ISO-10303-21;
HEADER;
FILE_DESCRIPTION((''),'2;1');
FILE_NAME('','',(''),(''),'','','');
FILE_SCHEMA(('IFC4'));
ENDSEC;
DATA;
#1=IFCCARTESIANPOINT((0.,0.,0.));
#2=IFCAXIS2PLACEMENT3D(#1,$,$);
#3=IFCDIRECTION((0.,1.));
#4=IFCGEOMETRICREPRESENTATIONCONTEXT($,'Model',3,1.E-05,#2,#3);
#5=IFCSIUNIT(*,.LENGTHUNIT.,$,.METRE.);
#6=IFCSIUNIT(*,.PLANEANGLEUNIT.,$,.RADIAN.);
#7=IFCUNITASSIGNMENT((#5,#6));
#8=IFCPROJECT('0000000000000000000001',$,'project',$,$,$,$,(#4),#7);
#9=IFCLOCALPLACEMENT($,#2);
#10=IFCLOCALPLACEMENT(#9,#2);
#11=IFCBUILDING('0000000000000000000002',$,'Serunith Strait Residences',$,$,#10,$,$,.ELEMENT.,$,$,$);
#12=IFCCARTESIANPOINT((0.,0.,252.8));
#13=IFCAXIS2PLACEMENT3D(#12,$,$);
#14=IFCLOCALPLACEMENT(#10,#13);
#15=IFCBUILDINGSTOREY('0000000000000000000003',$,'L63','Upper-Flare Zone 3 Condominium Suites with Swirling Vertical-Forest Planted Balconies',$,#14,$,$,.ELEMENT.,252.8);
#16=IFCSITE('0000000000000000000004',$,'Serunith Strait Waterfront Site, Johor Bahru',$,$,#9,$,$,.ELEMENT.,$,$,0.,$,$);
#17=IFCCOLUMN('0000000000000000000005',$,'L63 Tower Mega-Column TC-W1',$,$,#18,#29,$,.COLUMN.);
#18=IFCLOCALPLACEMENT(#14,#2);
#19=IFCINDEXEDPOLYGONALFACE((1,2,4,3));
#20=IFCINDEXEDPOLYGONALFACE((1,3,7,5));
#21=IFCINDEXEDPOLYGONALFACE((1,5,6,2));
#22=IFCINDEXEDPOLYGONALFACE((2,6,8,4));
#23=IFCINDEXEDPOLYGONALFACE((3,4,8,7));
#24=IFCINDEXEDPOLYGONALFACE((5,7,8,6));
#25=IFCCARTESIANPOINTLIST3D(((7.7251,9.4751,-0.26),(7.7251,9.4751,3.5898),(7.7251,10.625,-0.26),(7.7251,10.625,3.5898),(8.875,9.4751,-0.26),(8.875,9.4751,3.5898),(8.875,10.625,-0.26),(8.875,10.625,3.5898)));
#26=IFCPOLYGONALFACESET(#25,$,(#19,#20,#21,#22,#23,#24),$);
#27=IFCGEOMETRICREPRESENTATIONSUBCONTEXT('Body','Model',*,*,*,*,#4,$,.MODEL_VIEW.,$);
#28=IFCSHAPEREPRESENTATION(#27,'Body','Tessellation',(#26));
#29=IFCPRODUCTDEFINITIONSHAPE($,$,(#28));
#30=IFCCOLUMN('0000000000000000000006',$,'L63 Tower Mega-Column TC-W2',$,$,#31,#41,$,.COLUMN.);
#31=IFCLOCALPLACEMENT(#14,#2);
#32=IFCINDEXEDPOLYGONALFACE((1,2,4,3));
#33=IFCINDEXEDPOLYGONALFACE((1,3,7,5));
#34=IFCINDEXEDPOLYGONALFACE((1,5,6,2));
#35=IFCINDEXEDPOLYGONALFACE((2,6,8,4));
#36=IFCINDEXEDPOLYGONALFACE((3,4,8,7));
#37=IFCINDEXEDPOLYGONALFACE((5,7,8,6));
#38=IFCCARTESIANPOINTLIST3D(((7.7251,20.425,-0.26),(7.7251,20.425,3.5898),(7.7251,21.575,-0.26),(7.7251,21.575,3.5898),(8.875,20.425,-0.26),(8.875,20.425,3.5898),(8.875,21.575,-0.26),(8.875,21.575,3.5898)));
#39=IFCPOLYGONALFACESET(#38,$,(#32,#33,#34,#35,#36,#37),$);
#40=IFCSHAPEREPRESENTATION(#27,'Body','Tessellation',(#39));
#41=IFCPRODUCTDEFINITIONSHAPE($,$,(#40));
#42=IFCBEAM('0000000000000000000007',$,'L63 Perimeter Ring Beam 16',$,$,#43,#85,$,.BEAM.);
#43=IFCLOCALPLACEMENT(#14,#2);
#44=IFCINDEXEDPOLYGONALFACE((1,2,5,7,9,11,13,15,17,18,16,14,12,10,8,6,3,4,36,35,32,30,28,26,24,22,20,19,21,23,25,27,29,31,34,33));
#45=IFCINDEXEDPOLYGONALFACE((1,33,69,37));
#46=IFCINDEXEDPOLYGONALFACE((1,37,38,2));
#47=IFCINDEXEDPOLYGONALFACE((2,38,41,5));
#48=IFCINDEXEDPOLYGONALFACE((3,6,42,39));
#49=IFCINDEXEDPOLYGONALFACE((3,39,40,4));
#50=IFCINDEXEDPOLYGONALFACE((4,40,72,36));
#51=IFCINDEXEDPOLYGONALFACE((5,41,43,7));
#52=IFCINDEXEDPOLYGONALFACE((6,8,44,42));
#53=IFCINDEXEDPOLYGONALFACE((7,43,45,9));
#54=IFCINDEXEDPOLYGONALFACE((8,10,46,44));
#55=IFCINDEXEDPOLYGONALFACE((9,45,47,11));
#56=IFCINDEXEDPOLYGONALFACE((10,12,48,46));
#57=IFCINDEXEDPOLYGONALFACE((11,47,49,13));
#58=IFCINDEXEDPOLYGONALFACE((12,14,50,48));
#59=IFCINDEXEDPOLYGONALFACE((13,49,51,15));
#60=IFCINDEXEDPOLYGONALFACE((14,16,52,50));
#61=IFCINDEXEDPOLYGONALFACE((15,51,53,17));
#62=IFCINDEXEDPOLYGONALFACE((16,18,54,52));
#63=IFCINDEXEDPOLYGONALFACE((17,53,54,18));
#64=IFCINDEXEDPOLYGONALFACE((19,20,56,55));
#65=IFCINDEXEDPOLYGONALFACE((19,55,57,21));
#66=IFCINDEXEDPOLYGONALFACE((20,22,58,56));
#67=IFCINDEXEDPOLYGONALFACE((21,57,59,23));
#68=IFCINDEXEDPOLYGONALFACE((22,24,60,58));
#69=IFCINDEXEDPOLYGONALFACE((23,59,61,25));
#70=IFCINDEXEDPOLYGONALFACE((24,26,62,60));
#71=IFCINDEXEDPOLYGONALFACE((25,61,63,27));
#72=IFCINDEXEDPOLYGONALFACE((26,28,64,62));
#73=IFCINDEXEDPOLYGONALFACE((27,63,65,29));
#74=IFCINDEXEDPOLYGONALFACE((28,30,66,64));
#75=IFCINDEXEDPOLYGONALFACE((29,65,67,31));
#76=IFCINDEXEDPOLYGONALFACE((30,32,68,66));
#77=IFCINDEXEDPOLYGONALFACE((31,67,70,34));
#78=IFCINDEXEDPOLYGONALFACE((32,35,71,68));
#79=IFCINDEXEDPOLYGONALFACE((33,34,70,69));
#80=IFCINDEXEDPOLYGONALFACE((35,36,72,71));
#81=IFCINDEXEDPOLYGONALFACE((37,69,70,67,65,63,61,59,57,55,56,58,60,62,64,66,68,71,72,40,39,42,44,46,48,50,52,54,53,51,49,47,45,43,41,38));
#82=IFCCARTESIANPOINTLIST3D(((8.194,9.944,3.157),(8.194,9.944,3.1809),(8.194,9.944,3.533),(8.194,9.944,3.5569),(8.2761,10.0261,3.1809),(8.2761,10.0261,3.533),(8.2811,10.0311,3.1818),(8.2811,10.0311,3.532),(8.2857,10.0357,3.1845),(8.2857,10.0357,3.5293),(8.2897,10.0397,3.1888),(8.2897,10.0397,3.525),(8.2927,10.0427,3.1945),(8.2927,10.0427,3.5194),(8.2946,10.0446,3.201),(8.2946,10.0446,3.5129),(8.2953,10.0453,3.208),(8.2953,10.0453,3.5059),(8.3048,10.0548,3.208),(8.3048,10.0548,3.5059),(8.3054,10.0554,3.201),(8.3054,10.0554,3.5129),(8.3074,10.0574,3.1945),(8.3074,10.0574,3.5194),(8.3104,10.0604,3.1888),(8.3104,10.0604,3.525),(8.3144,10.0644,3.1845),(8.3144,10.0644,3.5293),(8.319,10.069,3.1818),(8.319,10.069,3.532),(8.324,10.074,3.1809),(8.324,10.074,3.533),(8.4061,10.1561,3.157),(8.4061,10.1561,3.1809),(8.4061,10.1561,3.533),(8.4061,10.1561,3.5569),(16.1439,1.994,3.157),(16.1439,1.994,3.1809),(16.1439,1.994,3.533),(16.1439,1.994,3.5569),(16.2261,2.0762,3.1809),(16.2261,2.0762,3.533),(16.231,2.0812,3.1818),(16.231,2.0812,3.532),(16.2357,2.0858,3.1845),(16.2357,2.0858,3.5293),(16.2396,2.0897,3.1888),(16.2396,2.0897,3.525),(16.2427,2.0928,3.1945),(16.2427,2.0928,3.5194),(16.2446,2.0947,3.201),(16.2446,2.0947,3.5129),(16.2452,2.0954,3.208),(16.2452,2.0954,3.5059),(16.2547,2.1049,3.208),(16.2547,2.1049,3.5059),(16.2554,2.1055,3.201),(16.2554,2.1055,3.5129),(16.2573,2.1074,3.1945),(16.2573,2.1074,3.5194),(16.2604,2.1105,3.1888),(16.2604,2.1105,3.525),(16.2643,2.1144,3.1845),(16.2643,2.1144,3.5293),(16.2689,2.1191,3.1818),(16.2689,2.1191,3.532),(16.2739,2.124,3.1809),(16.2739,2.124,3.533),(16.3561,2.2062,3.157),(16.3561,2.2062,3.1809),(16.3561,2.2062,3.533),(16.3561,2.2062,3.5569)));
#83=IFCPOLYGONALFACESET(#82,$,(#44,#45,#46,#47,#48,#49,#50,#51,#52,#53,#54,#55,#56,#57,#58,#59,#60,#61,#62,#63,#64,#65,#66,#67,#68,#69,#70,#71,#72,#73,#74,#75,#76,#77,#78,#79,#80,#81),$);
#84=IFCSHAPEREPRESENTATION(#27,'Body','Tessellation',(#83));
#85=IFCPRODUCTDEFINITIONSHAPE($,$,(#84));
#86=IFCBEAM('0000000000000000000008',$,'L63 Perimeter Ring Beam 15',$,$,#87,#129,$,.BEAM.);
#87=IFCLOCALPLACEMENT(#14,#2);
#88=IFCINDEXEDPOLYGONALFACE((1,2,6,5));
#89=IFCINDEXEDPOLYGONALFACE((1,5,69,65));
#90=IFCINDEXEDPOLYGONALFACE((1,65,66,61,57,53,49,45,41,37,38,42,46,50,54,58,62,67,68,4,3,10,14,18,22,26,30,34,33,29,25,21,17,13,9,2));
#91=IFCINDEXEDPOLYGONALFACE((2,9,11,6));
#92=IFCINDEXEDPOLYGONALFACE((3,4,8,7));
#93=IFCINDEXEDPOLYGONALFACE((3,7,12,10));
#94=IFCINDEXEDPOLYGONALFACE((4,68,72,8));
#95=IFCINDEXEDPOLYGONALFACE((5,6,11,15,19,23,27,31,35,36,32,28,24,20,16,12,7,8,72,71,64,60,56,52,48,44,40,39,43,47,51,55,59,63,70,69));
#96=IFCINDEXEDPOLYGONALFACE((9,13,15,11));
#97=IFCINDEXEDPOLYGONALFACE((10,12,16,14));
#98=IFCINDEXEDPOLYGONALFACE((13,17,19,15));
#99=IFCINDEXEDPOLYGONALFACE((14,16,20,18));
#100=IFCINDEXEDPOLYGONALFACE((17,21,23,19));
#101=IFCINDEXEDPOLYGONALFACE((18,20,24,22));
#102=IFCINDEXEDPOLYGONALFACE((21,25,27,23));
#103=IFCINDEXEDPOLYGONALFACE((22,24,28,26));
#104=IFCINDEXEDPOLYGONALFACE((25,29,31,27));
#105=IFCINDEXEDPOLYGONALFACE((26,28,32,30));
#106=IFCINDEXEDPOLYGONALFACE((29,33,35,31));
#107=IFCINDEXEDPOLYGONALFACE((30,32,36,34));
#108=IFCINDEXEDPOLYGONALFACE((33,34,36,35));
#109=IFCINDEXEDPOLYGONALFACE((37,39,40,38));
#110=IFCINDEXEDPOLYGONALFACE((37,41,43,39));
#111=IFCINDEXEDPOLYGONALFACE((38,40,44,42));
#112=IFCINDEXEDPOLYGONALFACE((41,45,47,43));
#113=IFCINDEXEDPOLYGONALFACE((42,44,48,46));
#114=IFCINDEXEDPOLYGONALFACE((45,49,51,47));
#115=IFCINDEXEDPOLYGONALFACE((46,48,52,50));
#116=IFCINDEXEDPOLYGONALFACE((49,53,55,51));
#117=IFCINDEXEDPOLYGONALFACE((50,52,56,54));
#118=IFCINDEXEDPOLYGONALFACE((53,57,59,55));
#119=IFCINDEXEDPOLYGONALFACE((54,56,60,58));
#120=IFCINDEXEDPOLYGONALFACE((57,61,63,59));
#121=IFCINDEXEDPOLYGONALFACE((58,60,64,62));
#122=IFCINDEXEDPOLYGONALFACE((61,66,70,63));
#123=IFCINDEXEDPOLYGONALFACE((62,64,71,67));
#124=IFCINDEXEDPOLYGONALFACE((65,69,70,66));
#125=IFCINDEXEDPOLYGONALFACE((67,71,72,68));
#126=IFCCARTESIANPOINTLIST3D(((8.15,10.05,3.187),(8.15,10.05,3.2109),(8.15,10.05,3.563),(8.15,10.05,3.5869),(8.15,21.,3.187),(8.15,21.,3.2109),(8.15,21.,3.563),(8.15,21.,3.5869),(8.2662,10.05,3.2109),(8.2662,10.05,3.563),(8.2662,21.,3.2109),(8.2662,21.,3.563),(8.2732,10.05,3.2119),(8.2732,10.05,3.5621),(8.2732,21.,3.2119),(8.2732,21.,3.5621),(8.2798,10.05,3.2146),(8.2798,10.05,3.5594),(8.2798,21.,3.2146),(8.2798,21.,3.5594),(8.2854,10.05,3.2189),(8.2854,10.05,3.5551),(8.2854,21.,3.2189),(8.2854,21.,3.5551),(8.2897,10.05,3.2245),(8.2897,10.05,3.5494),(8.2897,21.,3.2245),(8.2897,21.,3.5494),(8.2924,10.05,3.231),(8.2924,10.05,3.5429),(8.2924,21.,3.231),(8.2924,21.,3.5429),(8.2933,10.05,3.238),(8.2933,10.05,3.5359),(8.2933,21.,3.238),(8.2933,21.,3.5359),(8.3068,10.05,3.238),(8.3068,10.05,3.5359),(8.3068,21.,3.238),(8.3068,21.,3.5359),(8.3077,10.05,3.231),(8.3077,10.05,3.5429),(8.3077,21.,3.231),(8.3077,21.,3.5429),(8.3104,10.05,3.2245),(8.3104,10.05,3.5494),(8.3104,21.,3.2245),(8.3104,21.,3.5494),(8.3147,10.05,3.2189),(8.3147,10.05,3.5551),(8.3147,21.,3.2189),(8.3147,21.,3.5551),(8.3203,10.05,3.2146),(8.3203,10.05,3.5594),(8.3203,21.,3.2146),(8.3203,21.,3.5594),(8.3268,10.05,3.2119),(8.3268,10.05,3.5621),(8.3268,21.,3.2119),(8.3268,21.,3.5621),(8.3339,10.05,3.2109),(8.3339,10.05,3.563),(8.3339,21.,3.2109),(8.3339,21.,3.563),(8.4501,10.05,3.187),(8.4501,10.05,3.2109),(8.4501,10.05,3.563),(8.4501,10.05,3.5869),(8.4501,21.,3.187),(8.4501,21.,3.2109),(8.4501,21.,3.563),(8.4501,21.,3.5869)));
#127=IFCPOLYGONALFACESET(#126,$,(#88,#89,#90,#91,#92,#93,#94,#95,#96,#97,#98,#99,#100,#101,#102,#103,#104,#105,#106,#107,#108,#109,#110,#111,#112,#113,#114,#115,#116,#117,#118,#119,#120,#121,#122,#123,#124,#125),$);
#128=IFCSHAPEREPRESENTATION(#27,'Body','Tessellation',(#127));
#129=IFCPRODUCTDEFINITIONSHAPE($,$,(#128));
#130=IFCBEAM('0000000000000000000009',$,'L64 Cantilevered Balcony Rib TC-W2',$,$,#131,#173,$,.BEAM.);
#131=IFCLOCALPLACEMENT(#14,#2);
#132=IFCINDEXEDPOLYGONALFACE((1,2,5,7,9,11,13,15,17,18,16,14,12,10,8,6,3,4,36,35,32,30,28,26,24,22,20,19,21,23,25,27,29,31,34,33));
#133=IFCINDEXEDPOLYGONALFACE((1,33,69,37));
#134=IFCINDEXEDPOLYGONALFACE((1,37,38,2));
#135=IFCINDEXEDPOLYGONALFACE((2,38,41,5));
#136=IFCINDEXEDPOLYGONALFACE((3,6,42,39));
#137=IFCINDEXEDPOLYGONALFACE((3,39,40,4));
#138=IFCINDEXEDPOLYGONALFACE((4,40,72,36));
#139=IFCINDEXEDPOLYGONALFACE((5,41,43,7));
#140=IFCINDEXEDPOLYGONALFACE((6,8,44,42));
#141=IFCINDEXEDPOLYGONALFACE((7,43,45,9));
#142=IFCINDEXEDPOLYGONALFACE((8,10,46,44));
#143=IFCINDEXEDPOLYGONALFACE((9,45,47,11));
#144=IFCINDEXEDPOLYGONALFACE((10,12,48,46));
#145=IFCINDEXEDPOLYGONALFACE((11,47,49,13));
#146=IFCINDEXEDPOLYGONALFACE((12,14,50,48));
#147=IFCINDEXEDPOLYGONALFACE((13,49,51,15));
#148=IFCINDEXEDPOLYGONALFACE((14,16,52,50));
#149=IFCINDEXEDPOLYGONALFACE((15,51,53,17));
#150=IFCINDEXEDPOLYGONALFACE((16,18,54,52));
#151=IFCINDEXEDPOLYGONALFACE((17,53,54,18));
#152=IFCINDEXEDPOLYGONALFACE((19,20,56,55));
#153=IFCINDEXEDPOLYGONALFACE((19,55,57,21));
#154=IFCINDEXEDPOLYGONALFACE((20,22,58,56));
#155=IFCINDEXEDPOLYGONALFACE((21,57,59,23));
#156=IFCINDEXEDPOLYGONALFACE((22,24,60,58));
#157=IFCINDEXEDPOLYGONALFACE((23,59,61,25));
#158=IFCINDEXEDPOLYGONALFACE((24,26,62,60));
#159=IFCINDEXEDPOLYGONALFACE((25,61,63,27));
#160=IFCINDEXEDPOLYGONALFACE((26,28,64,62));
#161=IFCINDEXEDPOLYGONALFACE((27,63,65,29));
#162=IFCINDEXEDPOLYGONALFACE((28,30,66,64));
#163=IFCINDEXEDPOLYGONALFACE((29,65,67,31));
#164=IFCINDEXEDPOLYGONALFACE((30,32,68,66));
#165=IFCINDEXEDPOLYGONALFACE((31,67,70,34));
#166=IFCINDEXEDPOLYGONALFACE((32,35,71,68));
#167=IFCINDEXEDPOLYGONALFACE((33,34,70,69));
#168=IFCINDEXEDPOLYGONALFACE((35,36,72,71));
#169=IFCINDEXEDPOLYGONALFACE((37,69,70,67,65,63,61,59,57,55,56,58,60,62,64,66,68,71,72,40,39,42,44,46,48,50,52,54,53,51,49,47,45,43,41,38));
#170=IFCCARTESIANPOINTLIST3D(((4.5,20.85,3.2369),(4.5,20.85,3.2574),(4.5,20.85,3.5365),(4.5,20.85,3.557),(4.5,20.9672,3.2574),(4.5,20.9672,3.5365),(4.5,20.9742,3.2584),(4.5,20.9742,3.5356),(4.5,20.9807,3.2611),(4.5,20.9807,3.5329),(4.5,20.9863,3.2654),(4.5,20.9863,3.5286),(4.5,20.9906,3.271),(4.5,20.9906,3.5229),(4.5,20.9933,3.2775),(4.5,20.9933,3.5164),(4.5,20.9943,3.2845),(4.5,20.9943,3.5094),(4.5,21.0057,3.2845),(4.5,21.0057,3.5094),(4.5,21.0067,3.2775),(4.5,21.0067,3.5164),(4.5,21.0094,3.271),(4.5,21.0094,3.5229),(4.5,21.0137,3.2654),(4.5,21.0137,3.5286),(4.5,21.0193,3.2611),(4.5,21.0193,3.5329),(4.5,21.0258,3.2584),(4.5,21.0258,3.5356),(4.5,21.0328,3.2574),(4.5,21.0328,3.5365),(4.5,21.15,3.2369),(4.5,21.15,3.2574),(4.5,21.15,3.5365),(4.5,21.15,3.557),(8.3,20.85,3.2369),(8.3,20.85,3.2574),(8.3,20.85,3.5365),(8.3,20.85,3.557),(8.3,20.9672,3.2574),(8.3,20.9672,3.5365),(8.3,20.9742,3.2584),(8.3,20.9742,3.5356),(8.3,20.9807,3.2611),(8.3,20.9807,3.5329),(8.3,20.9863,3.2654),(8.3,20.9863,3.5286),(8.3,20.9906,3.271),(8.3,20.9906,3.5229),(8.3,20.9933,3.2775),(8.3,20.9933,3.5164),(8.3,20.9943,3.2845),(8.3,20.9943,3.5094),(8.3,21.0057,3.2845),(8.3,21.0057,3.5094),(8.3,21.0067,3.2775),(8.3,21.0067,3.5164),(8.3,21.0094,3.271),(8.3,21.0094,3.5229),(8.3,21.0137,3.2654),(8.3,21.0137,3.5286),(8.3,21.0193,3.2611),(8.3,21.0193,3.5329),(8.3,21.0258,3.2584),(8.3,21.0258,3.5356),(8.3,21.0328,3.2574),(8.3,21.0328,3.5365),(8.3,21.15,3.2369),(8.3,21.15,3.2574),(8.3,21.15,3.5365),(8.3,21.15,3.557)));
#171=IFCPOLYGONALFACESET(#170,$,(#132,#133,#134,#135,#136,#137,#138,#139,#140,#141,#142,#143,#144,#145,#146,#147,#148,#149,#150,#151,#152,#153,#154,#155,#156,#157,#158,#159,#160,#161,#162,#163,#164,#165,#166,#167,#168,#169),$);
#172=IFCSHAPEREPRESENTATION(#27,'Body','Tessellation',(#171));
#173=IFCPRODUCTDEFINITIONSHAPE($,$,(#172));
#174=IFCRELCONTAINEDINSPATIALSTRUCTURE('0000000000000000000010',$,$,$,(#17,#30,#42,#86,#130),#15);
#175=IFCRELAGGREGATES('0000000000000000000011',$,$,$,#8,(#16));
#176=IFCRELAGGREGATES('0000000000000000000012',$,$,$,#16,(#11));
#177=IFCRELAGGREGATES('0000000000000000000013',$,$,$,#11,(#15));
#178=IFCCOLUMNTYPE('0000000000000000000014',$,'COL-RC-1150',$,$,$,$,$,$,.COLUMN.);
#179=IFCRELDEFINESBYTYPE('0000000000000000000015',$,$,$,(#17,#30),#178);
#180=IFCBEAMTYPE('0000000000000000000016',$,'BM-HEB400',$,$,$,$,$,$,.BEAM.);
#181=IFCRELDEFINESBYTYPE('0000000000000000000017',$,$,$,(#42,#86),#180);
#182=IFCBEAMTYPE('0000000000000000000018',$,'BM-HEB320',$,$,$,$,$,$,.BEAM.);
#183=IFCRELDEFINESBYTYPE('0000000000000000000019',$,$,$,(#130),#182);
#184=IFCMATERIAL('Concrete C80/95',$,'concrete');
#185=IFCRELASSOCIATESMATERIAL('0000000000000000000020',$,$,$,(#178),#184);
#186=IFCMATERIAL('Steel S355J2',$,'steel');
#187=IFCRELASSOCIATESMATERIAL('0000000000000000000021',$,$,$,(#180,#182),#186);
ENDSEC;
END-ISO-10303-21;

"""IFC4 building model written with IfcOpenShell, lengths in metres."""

from ifc_helpers import new_model, si_unit, direction, frame, origin, origin_2d, place, context, subcontext, project, spatial, rectangle, i_section, extrude, source, transform, mapped, material, material_profile, profile_set, type_object, element, save


model = new_model("IFC4")

# Units and contexts
model_context = context("Model", 3, precision=1e-05, world=origin(), true_north=direction((0.0, 1.0)))
body_context = subcontext(model_context, "Body", "Model", "MODEL_VIEW")
ifc_project = project(units=[si_unit("LENGTHUNIT", "METRE"), si_unit("PLANEANGLEUNIT", "RADIAN")], contexts=[model_context])

# Site, building, storey
site_placement = place(None, origin())
site = spatial("IfcSite", under=ifc_project, at=site_placement, Name="Serunith Strait Waterfront Site, Johor Bahru", CompositionType="ELEMENT", RefElevation=0.0)
building_placement = place(site_placement, origin())
building = spatial("IfcBuilding", under=site, at=building_placement, Name="Serunith Strait Residences", CompositionType="ELEMENT")
storey_placement = place(building_placement, frame((0.0, 0.0, 252.8)))
storey = spatial("IfcBuildingStorey", under=building, at=storey_placement, Name="L63", Description="Upper-Flare Zone 3 Condominium Suites with Swirling Vertical-Forest Planted Balconies", CompositionType="ELEMENT", Elevation=252.8)

# Columns
ifc_material_1 = material(Name="Concrete C80/95", Category="concrete")
ifc_material_profile_1 = material_profile(ifc_material_1, rectangle(XDim=1.1499, YDim=1.1499, at=origin_2d()), Name="RC 1150x1150")
ifc_profile_set_1 = profile_set([ifc_material_profile_1], Name="Concrete C80/95")
column_type = type_object("IfcColumnType", Name="COL-RC-1150", PredefinedType="COLUMN", material=ifc_profile_set_1)
shared_shape_1 = source(origin(), body_context, "Body", "SweptSolid", [
    extrude(rectangle(XDim=1.1499, YDim=1.1499, at=origin_2d()), origin(), (0.0, 0.0, 1.0), 3.8499),
])
for number, where, z_axis, x_axis, name in (
    (1, (8.3, 10.05, -0.26), (0.0, 0.0, 1.0), (1.0, 0.0, 0.0), "L63 Tower Mega-Column TC-W1"),
    (2, (8.3, 21.0, -0.26), (0.0, 0.0, 1.0), (1.0, 0.0, 0.0), "L63 Tower Mega-Column TC-W2"),
):
    element("IfcColumn", number, at=place(storey_placement, frame(where, z_axis=z_axis, x_axis=x_axis)), inside=storey, type_object=column_type, Name=name, PredefinedType="COLUMN", context=body_context, shape_type="MappedRepresentation", body=[
        mapped(shared_shape_1, transform((0.0, 0.0, 0.0), scale=1.0)),
    ])

# Beams
ifc_material_2 = material(Name="Steel S355J2", Category="steel")
ifc_material_profile_2 = material_profile(ifc_material_2, i_section(OverallWidth=0.3, OverallDepth=0.3999, WebThickness=0.0134, FlangeThickness=0.0239, FilletRadius=0.0271, at=origin_2d()), Name="HEB 400")
ifc_profile_set_2 = profile_set([ifc_material_profile_2], Name="Steel S355J2")
beam_type_1 = type_object("IfcBeamType", Name="BM-HEB400", PredefinedType="BEAM", material=ifc_profile_set_2)
shared_shape_2 = source(origin(), body_context, "Body", "SweptSolid", [
    extrude(i_section(OverallWidth=0.3, OverallDepth=0.3999, WebThickness=0.0134, FlangeThickness=0.0239, FilletRadius=0.0271, at=origin_2d()), origin(), (0.0, 0.0, 1.0), 11.2429),
])
beam_1_placement = place(storey_placement, frame((8.3, 10.05, 3.3569), z_axis=(0.707107, -0.707107, 0.0), x_axis=(0.707107, 0.707107, 0.0)))
element("IfcBeam", 3, at=beam_1_placement, inside=storey, type_object=beam_type_1, Name="L63 Perimeter Ring Beam 16", PredefinedType="BEAM", context=body_context, shape_type="MappedRepresentation", body=[
    mapped(shared_shape_2, transform((0.0, 0.0, 0.0), scale=1.0)),
])
shared_shape_3 = source(origin(), body_context, "Body", "SweptSolid", [
    extrude(i_section(OverallWidth=0.3, OverallDepth=0.3999, WebThickness=0.0134, FlangeThickness=0.0239, FilletRadius=0.0271, at=origin_2d()), origin(), (0.0, 0.0, 1.0), 10.95),
])
beam_2_placement = place(storey_placement, frame((8.3, 21.0, 3.387), z_axis=(0.0, -1.0, 0.0), x_axis=(1.0, 0.0, 0.0)))
element("IfcBeam", 4, at=beam_2_placement, inside=storey, type_object=beam_type_1, Name="L63 Perimeter Ring Beam 15", PredefinedType="BEAM", context=body_context, shape_type="MappedRepresentation", body=[
    mapped(shared_shape_3, transform((0.0, 0.0, 0.0), scale=1.0)),
])
ifc_material_profile_3 = material_profile(ifc_material_2, i_section(OverallWidth=0.3, OverallDepth=0.3201, WebThickness=0.0115, FlangeThickness=0.0205, FilletRadius=0.0271, at=origin_2d()), Name="HEB 320")
ifc_profile_set_3 = profile_set([ifc_material_profile_3], Name="Steel S355J2")
beam_type_2 = type_object("IfcBeamType", Name="BM-HEB320", PredefinedType="BEAM", material=ifc_profile_set_3)
shared_shape_4 = source(origin(), body_context, "Body", "SweptSolid", [
    extrude(i_section(OverallWidth=0.3, OverallDepth=0.3201, WebThickness=0.0115, FlangeThickness=0.0205, FilletRadius=0.0271, at=origin_2d()), origin(), (0.0, 0.0, 1.0), 3.8),
])
beam_3_placement = place(storey_placement, frame((8.3, 21.0, 3.397), z_axis=(-1.0, 0.0, 0.0), x_axis=(0.0, -1.0, 0.0)))
element("IfcBeam", 5, at=beam_3_placement, inside=storey, type_object=beam_type_2, Name="L64 Cantilevered Balcony Rib TC-W2", PredefinedType="BEAM", context=body_context, shape_type="MappedRepresentation", body=[
    mapped(shared_shape_4, transform((0.0, 0.0, 0.0), scale=1.0)),
])

save(model, "model.ifc")
